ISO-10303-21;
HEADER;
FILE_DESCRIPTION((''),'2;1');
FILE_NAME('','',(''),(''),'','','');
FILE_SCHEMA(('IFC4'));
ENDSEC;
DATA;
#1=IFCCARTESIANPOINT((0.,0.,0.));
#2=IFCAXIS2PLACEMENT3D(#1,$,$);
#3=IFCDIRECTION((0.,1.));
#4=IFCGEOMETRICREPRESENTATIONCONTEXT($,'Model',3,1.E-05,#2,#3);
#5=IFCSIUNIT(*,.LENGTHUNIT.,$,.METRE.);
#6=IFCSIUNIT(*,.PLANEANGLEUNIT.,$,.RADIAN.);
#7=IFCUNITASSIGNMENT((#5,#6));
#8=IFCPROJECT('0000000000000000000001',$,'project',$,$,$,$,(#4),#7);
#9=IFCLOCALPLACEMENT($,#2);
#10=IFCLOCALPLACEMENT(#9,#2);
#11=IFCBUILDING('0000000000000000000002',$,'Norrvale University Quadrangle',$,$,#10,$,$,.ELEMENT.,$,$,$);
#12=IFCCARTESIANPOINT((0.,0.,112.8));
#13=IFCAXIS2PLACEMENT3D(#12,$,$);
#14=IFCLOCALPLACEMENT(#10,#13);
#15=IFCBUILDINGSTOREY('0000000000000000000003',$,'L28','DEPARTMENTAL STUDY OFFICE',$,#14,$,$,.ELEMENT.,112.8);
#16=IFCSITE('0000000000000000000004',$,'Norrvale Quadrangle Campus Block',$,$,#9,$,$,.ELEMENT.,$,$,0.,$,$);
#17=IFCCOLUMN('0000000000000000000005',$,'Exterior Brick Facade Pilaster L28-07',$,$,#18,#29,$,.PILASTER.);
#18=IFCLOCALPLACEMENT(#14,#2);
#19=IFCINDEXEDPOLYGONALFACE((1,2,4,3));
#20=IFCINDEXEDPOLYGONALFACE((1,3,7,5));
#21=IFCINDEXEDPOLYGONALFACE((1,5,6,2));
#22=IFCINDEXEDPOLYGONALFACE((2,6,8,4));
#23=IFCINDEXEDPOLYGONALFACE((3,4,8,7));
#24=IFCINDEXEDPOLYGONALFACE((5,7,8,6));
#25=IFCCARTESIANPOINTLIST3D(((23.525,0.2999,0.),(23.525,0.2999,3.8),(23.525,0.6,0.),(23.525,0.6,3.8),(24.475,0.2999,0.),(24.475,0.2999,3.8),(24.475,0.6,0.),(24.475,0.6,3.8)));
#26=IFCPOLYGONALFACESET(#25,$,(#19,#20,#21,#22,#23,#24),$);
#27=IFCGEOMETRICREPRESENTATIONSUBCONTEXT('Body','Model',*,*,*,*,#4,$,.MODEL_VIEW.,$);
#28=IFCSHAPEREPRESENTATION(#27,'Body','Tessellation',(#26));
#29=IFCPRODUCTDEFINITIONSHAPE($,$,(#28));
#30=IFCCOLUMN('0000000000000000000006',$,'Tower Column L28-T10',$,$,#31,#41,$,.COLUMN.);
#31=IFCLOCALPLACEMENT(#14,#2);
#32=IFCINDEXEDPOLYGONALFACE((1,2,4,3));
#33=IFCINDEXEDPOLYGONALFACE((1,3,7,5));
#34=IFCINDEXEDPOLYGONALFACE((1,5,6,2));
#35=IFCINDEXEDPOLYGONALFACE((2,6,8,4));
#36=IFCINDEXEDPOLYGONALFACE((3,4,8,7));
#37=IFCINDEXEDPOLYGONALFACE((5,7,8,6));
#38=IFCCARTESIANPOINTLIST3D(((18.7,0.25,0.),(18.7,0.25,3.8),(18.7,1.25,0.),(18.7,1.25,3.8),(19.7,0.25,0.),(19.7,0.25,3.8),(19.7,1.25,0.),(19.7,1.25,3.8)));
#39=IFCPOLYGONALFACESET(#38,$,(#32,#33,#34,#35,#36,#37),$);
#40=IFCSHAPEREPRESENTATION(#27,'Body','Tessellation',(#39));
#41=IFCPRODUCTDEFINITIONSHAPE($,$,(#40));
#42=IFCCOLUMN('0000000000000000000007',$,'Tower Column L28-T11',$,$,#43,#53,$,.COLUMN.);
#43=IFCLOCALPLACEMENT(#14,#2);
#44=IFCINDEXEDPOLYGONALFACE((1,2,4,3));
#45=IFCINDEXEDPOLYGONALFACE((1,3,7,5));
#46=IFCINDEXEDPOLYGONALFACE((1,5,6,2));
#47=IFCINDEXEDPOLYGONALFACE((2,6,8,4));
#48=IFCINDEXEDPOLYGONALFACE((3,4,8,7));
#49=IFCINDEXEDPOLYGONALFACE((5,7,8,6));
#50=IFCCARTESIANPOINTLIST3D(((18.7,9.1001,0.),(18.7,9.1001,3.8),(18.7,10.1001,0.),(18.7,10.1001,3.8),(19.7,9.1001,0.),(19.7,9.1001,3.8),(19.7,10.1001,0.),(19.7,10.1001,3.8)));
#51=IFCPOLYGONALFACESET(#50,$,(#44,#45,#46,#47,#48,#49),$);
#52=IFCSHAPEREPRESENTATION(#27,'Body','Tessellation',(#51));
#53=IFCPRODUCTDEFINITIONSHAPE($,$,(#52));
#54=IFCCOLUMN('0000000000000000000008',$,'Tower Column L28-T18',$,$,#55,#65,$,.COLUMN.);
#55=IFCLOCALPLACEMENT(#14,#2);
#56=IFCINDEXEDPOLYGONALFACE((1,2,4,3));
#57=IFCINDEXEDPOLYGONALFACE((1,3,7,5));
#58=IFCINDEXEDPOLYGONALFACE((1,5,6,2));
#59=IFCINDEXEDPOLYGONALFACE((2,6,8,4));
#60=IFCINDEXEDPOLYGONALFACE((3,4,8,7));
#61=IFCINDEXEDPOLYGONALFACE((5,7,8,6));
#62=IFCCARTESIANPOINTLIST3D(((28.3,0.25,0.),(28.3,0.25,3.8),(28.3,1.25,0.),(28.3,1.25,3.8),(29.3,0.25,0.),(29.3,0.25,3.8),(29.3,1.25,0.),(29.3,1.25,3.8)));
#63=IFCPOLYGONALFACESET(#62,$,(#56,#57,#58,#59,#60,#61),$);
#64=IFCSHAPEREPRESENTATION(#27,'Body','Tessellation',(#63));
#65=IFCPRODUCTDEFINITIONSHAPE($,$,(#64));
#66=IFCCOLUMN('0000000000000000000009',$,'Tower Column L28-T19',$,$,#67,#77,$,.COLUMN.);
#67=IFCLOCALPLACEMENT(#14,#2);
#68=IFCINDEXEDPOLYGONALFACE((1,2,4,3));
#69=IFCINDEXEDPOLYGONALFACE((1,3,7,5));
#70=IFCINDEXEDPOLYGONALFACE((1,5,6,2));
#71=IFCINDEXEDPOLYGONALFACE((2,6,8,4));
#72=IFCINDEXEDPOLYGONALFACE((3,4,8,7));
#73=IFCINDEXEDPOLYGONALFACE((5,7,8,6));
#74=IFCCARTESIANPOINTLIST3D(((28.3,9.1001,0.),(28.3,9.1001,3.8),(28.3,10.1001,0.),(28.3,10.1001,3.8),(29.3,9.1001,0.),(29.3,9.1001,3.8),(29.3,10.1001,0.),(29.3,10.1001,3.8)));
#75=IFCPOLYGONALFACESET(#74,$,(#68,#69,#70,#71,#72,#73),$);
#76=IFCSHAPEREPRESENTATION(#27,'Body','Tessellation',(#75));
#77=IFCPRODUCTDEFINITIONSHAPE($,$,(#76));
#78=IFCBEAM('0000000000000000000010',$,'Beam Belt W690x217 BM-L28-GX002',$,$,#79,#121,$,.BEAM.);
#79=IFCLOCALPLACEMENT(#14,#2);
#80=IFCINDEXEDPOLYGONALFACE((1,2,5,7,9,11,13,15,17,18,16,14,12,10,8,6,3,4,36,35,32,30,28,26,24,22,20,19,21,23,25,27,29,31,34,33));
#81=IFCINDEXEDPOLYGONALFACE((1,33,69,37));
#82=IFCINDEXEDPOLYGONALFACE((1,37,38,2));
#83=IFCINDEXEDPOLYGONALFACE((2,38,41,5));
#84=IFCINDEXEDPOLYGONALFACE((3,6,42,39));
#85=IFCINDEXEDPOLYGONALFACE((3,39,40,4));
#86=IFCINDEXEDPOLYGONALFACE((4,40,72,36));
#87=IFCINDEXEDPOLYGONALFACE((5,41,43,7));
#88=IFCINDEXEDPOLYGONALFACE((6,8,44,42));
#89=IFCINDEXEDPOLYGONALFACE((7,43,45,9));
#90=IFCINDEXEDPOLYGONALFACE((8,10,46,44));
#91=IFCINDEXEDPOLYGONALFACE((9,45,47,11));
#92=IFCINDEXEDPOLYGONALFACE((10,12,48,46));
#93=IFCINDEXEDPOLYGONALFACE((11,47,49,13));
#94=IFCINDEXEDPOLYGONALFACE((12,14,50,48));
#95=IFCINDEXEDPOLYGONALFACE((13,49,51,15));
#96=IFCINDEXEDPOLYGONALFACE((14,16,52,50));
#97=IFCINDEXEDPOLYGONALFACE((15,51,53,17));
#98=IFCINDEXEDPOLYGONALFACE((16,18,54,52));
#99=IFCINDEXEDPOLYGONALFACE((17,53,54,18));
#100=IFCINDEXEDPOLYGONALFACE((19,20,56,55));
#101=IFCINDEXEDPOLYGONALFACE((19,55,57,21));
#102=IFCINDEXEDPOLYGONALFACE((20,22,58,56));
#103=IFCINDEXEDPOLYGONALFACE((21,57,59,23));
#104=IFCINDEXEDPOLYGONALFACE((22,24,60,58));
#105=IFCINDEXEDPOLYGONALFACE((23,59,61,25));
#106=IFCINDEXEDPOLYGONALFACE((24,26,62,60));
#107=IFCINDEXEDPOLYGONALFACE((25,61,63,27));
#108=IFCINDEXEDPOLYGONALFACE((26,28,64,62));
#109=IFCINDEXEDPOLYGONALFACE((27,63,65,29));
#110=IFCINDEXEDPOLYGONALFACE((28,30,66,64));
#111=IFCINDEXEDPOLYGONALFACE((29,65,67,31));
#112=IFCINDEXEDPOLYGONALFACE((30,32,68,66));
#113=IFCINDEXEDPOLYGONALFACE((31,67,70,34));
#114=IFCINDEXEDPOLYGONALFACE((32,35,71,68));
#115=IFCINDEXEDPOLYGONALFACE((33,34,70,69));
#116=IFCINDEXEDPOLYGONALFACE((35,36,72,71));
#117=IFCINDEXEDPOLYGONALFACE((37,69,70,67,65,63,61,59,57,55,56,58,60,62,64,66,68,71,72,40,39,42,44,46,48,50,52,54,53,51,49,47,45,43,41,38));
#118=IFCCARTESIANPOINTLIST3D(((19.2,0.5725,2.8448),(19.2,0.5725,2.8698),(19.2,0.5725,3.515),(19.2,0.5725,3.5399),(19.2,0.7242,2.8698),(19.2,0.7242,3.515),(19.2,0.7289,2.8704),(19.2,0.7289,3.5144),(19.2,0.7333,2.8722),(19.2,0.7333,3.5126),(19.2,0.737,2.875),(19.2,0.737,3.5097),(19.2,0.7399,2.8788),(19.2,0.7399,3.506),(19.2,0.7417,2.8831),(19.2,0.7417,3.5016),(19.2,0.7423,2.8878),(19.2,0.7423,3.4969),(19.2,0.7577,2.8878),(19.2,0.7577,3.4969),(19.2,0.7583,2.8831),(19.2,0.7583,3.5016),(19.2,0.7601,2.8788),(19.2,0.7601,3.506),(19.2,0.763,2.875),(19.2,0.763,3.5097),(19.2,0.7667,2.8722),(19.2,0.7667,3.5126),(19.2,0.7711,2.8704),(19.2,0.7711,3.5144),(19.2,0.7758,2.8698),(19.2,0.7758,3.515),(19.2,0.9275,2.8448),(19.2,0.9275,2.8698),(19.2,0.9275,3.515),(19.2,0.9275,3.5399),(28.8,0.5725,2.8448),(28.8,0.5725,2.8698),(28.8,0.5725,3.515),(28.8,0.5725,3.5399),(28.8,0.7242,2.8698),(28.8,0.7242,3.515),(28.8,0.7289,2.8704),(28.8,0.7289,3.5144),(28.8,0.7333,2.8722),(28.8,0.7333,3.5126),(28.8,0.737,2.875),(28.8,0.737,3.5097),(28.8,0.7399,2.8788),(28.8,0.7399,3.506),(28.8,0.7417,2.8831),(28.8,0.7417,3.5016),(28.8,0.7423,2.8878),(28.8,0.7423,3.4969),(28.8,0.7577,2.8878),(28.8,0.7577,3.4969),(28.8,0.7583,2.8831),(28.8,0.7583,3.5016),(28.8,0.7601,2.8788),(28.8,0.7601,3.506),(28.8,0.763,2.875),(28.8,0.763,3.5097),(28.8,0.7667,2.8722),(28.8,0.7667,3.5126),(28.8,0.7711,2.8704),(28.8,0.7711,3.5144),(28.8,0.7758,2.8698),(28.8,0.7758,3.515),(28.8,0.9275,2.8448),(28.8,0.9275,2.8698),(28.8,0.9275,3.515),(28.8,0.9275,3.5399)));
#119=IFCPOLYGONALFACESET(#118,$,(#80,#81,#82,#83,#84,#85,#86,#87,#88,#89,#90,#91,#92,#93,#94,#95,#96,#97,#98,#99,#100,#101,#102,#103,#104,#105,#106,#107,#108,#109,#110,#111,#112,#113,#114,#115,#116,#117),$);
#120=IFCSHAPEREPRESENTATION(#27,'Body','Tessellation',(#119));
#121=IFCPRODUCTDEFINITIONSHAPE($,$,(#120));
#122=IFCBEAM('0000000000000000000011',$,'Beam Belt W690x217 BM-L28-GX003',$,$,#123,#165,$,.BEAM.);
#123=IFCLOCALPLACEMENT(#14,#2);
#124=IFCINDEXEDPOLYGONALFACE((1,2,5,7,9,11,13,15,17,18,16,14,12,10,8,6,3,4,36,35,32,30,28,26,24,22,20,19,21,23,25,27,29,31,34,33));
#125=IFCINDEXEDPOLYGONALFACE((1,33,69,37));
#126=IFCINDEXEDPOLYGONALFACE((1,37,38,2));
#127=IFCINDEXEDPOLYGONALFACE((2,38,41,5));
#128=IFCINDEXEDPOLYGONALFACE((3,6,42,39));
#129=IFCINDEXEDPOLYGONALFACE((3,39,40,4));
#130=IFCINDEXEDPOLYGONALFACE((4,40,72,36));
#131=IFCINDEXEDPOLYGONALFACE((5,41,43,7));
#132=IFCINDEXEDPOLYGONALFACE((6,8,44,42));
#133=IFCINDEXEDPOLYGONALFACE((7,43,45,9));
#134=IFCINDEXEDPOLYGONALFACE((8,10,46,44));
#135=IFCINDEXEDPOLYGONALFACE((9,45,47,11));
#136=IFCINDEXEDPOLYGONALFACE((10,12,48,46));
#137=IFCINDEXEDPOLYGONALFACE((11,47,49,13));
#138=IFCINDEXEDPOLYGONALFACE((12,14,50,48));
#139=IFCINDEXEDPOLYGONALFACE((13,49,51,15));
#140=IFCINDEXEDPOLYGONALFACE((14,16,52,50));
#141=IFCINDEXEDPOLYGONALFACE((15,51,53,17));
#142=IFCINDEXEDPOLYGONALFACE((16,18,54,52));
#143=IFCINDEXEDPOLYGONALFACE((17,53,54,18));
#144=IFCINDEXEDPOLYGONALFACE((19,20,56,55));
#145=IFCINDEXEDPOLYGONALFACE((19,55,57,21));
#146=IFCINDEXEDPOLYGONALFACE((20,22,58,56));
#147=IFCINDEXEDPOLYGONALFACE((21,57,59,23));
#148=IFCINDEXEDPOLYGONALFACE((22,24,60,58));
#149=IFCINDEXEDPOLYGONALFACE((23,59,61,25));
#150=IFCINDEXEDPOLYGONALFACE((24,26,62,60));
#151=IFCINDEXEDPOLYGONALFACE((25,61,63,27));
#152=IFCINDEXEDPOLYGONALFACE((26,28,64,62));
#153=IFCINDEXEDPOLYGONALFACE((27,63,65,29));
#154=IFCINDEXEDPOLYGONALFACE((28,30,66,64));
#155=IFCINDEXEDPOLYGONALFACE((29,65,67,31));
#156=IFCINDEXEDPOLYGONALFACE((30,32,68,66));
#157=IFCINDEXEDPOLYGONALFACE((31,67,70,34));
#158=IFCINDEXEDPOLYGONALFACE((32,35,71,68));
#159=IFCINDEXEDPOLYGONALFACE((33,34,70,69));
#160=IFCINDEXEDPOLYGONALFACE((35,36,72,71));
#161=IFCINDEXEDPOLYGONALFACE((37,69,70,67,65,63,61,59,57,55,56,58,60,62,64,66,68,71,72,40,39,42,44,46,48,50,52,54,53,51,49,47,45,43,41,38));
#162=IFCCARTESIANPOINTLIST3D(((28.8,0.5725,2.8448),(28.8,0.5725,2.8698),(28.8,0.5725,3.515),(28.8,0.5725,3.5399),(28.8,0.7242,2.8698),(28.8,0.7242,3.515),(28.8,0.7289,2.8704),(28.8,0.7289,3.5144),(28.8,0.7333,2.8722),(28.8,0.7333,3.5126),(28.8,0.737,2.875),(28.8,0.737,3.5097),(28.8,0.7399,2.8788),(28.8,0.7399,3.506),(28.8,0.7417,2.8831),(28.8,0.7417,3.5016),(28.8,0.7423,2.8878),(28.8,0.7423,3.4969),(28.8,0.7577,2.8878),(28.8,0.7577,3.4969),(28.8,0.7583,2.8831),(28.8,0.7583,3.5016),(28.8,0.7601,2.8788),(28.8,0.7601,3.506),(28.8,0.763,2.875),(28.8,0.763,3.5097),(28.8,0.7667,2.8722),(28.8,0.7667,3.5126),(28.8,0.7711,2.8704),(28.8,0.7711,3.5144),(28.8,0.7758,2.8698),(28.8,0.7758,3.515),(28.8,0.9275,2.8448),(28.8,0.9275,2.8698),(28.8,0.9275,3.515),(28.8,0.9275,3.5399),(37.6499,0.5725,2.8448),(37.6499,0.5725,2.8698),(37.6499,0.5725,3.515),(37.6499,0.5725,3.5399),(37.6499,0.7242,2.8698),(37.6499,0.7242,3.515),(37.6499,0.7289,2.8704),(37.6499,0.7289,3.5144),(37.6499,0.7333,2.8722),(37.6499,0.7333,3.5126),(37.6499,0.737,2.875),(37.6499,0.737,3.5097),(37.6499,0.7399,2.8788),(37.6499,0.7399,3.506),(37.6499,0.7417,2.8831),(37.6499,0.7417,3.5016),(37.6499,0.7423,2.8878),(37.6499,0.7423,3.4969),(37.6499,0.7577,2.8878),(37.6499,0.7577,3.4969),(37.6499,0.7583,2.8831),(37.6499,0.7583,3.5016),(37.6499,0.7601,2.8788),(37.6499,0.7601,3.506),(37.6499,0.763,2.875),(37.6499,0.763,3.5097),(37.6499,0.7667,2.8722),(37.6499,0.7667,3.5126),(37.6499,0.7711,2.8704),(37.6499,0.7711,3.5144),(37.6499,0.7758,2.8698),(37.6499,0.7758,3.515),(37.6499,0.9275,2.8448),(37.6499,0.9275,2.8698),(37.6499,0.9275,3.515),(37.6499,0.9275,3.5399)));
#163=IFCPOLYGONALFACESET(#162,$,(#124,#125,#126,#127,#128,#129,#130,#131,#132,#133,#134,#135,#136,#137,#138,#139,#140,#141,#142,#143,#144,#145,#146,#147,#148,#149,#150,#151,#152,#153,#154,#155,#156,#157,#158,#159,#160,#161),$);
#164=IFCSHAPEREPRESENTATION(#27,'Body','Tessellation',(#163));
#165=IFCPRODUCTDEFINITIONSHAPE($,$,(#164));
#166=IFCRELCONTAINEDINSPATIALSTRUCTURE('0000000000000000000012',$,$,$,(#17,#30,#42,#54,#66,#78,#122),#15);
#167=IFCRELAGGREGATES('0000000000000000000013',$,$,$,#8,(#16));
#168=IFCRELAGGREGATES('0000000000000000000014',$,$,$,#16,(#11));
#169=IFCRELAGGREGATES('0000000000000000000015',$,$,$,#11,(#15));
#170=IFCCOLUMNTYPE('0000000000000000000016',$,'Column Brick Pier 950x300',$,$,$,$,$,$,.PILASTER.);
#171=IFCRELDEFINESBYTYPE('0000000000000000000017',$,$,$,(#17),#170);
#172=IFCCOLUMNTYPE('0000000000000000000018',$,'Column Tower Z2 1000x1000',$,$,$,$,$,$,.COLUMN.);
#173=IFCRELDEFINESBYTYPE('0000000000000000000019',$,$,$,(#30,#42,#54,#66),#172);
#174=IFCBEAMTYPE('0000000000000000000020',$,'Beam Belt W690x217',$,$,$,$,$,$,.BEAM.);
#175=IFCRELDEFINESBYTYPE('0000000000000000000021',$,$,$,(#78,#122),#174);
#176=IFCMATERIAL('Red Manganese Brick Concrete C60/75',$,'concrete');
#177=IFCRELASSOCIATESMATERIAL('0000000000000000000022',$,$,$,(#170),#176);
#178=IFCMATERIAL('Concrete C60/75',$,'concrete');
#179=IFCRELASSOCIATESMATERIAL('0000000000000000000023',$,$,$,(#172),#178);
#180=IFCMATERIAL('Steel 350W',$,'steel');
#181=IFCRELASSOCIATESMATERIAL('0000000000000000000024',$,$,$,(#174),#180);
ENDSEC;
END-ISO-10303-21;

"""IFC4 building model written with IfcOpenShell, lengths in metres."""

from ifc_helpers import new_model, si_unit, direction, frame, origin, origin_2d, place, context, subcontext, project, spatial, rectangle, i_section, extrude, material, material_profile, profile_set, type_object, element, save


model = new_model("IFC4")

# Units and contexts
model_context = context("Model", 3, precision=1e-05, world=origin(), true_north=direction((0.0, 1.0)))
body_context = subcontext(model_context, "Body", "Model", "MODEL_VIEW")
ifc_project = project(units=[si_unit("LENGTHUNIT", "METRE"), si_unit("PLANEANGLEUNIT", "RADIAN")], contexts=[model_context])

# Site, building, storey
site_placement = place(None, origin())
site = spatial("IfcSite", under=ifc_project, at=site_placement, Name="Norrvale Quadrangle Campus Block", CompositionType="ELEMENT", RefElevation=0.0)
building_placement = place(site_placement, origin())
building = spatial("IfcBuilding", under=site, at=building_placement, Name="Norrvale University Quadrangle", CompositionType="ELEMENT")
storey_placement = place(building_placement, frame((0.0, 0.0, 112.8)))
storey = spatial("IfcBuildingStorey", under=building, at=storey_placement, Name="L28", Description="DEPARTMENTAL STUDY OFFICE", CompositionType="ELEMENT", Elevation=112.8)

# Columns
ifc_material_1 = material(Name="Red Manganese Brick Concrete C60/75", Category="concrete")
ifc_material_profile_1 = material_profile(ifc_material_1, rectangle(XDim=0.95, YDim=0.3, at=origin_2d()), Name="Red Manganese Brick Concrete C60/75")
ifc_profile_set_1 = profile_set([ifc_material_profile_1], Name="Red Manganese Brick Concrete C60/75")
column_type_1 = type_object("IfcColumnType", Name="Column Brick Pier 950x300", PredefinedType="PILASTER", material=ifc_profile_set_1)
column_placement = place(storey_placement, frame((24.0, 0.45, 0.0), z_axis=(0.0, 0.0, 1.0), x_axis=(1.0, 0.0, 0.0)))
element("IfcColumn", 1, at=column_placement, inside=storey, type_object=column_type_1, Name="Exterior Brick Facade Pilaster L28-07", PredefinedType="PILASTER", context=body_context, shape_type="SweptSolid", body=[
    extrude(rectangle(XDim=0.95, YDim=0.3, at=origin_2d()), origin(), (0.0, 0.0, 1.0), 3.8),
])
ifc_material_2 = material(Name="Concrete C60/75", Category="concrete")
ifc_material_profile_2 = material_profile(ifc_material_2, rectangle(XDim=1.0, YDim=1.0, at=origin_2d()), Name="Concrete C60/75")
ifc_profile_set_2 = profile_set([ifc_material_profile_2], Name="Concrete C60/75")
column_type_2 = type_object("IfcColumnType", Name="Column Tower Z2 1000x1000", PredefinedType="COLUMN", material=ifc_profile_set_2)
for number, where, z_axis, x_axis, name in (
    (2, (19.2, 0.75, 0.0), (0.0, 0.0, 1.0), (1.0, 0.0, 0.0), "Tower Column L28-T10"),
    (3, (19.2, 9.6001, 0.0), (0.0, 0.0, 1.0), (1.0, 0.0, 0.0), "Tower Column L28-T11"),
    (4, (28.8, 0.75, 0.0), (0.0, 0.0, 1.0), (1.0, 0.0, 0.0), "Tower Column L28-T18"),
    (5, (28.8, 9.6001, 0.0), (0.0, 0.0, 1.0), (1.0, 0.0, 0.0), "Tower Column L28-T19"),
):
    element("IfcColumn", number, at=place(storey_placement, frame(where, z_axis=z_axis, x_axis=x_axis)), inside=storey, type_object=column_type_2, Name=name, PredefinedType="COLUMN", context=body_context, shape_type="SweptSolid", body=[
        extrude(rectangle(XDim=1.0, YDim=1.0, at=origin_2d()), origin(), (0.0, 0.0, 1.0), 3.8),
    ])

# Beams
ifc_material_3 = material(Name="Steel 350W", Category="steel")
ifc_material_profile_3 = material_profile(ifc_material_3, i_section(OverallWidth=0.355, OverallDepth=0.6951, WebThickness=0.0154, FlangeThickness=0.0249, FilletRadius=0.0181, at=origin_2d()), Name="Steel 350W")
ifc_profile_set_3 = profile_set([ifc_material_profile_3], Name="Steel 350W")
beam_type_1 = type_object("IfcBeamType", Name="Beam Belt W690x217", PredefinedType="BEAM", material=ifc_profile_set_3)
beam_1_placement = place(storey_placement, frame((19.2, 0.75, 3.1924), z_axis=(1.0, 0.0, 0.0), x_axis=(0.0, 1.0, 0.0)))
element("IfcBeam", 6, at=beam_1_placement, inside=storey, type_object=beam_type_1, Name="Beam Belt W690x217 BM-L28-GX002", PredefinedType="BEAM", context=body_context, shape_type="SweptSolid", body=[
    extrude(i_section(OverallWidth=0.355, OverallDepth=0.6951, WebThickness=0.0154, FlangeThickness=0.0249, FilletRadius=0.0181, at=origin_2d()), origin(), (0.0, 0.0, 1.0), 9.6001),
])
beam_2_placement = place(storey_placement, frame((28.8, 0.75, 3.1924), z_axis=(1.0, 0.0, 0.0), x_axis=(0.0, 1.0, 0.0)))
element("IfcBeam", 7, at=beam_2_placement, inside=storey, type_object=beam_type_1, Name="Beam Belt W690x217 BM-L28-GX003", PredefinedType="BEAM", context=body_context, shape_type="SweptSolid", body=[
    extrude(i_section(OverallWidth=0.355, OverallDepth=0.6951, WebThickness=0.0154, FlangeThickness=0.0249, FilletRadius=0.0181, at=origin_2d()), origin(), (0.0, 0.0, 1.0), 8.8499),
])

save(model, "model.ifc")
